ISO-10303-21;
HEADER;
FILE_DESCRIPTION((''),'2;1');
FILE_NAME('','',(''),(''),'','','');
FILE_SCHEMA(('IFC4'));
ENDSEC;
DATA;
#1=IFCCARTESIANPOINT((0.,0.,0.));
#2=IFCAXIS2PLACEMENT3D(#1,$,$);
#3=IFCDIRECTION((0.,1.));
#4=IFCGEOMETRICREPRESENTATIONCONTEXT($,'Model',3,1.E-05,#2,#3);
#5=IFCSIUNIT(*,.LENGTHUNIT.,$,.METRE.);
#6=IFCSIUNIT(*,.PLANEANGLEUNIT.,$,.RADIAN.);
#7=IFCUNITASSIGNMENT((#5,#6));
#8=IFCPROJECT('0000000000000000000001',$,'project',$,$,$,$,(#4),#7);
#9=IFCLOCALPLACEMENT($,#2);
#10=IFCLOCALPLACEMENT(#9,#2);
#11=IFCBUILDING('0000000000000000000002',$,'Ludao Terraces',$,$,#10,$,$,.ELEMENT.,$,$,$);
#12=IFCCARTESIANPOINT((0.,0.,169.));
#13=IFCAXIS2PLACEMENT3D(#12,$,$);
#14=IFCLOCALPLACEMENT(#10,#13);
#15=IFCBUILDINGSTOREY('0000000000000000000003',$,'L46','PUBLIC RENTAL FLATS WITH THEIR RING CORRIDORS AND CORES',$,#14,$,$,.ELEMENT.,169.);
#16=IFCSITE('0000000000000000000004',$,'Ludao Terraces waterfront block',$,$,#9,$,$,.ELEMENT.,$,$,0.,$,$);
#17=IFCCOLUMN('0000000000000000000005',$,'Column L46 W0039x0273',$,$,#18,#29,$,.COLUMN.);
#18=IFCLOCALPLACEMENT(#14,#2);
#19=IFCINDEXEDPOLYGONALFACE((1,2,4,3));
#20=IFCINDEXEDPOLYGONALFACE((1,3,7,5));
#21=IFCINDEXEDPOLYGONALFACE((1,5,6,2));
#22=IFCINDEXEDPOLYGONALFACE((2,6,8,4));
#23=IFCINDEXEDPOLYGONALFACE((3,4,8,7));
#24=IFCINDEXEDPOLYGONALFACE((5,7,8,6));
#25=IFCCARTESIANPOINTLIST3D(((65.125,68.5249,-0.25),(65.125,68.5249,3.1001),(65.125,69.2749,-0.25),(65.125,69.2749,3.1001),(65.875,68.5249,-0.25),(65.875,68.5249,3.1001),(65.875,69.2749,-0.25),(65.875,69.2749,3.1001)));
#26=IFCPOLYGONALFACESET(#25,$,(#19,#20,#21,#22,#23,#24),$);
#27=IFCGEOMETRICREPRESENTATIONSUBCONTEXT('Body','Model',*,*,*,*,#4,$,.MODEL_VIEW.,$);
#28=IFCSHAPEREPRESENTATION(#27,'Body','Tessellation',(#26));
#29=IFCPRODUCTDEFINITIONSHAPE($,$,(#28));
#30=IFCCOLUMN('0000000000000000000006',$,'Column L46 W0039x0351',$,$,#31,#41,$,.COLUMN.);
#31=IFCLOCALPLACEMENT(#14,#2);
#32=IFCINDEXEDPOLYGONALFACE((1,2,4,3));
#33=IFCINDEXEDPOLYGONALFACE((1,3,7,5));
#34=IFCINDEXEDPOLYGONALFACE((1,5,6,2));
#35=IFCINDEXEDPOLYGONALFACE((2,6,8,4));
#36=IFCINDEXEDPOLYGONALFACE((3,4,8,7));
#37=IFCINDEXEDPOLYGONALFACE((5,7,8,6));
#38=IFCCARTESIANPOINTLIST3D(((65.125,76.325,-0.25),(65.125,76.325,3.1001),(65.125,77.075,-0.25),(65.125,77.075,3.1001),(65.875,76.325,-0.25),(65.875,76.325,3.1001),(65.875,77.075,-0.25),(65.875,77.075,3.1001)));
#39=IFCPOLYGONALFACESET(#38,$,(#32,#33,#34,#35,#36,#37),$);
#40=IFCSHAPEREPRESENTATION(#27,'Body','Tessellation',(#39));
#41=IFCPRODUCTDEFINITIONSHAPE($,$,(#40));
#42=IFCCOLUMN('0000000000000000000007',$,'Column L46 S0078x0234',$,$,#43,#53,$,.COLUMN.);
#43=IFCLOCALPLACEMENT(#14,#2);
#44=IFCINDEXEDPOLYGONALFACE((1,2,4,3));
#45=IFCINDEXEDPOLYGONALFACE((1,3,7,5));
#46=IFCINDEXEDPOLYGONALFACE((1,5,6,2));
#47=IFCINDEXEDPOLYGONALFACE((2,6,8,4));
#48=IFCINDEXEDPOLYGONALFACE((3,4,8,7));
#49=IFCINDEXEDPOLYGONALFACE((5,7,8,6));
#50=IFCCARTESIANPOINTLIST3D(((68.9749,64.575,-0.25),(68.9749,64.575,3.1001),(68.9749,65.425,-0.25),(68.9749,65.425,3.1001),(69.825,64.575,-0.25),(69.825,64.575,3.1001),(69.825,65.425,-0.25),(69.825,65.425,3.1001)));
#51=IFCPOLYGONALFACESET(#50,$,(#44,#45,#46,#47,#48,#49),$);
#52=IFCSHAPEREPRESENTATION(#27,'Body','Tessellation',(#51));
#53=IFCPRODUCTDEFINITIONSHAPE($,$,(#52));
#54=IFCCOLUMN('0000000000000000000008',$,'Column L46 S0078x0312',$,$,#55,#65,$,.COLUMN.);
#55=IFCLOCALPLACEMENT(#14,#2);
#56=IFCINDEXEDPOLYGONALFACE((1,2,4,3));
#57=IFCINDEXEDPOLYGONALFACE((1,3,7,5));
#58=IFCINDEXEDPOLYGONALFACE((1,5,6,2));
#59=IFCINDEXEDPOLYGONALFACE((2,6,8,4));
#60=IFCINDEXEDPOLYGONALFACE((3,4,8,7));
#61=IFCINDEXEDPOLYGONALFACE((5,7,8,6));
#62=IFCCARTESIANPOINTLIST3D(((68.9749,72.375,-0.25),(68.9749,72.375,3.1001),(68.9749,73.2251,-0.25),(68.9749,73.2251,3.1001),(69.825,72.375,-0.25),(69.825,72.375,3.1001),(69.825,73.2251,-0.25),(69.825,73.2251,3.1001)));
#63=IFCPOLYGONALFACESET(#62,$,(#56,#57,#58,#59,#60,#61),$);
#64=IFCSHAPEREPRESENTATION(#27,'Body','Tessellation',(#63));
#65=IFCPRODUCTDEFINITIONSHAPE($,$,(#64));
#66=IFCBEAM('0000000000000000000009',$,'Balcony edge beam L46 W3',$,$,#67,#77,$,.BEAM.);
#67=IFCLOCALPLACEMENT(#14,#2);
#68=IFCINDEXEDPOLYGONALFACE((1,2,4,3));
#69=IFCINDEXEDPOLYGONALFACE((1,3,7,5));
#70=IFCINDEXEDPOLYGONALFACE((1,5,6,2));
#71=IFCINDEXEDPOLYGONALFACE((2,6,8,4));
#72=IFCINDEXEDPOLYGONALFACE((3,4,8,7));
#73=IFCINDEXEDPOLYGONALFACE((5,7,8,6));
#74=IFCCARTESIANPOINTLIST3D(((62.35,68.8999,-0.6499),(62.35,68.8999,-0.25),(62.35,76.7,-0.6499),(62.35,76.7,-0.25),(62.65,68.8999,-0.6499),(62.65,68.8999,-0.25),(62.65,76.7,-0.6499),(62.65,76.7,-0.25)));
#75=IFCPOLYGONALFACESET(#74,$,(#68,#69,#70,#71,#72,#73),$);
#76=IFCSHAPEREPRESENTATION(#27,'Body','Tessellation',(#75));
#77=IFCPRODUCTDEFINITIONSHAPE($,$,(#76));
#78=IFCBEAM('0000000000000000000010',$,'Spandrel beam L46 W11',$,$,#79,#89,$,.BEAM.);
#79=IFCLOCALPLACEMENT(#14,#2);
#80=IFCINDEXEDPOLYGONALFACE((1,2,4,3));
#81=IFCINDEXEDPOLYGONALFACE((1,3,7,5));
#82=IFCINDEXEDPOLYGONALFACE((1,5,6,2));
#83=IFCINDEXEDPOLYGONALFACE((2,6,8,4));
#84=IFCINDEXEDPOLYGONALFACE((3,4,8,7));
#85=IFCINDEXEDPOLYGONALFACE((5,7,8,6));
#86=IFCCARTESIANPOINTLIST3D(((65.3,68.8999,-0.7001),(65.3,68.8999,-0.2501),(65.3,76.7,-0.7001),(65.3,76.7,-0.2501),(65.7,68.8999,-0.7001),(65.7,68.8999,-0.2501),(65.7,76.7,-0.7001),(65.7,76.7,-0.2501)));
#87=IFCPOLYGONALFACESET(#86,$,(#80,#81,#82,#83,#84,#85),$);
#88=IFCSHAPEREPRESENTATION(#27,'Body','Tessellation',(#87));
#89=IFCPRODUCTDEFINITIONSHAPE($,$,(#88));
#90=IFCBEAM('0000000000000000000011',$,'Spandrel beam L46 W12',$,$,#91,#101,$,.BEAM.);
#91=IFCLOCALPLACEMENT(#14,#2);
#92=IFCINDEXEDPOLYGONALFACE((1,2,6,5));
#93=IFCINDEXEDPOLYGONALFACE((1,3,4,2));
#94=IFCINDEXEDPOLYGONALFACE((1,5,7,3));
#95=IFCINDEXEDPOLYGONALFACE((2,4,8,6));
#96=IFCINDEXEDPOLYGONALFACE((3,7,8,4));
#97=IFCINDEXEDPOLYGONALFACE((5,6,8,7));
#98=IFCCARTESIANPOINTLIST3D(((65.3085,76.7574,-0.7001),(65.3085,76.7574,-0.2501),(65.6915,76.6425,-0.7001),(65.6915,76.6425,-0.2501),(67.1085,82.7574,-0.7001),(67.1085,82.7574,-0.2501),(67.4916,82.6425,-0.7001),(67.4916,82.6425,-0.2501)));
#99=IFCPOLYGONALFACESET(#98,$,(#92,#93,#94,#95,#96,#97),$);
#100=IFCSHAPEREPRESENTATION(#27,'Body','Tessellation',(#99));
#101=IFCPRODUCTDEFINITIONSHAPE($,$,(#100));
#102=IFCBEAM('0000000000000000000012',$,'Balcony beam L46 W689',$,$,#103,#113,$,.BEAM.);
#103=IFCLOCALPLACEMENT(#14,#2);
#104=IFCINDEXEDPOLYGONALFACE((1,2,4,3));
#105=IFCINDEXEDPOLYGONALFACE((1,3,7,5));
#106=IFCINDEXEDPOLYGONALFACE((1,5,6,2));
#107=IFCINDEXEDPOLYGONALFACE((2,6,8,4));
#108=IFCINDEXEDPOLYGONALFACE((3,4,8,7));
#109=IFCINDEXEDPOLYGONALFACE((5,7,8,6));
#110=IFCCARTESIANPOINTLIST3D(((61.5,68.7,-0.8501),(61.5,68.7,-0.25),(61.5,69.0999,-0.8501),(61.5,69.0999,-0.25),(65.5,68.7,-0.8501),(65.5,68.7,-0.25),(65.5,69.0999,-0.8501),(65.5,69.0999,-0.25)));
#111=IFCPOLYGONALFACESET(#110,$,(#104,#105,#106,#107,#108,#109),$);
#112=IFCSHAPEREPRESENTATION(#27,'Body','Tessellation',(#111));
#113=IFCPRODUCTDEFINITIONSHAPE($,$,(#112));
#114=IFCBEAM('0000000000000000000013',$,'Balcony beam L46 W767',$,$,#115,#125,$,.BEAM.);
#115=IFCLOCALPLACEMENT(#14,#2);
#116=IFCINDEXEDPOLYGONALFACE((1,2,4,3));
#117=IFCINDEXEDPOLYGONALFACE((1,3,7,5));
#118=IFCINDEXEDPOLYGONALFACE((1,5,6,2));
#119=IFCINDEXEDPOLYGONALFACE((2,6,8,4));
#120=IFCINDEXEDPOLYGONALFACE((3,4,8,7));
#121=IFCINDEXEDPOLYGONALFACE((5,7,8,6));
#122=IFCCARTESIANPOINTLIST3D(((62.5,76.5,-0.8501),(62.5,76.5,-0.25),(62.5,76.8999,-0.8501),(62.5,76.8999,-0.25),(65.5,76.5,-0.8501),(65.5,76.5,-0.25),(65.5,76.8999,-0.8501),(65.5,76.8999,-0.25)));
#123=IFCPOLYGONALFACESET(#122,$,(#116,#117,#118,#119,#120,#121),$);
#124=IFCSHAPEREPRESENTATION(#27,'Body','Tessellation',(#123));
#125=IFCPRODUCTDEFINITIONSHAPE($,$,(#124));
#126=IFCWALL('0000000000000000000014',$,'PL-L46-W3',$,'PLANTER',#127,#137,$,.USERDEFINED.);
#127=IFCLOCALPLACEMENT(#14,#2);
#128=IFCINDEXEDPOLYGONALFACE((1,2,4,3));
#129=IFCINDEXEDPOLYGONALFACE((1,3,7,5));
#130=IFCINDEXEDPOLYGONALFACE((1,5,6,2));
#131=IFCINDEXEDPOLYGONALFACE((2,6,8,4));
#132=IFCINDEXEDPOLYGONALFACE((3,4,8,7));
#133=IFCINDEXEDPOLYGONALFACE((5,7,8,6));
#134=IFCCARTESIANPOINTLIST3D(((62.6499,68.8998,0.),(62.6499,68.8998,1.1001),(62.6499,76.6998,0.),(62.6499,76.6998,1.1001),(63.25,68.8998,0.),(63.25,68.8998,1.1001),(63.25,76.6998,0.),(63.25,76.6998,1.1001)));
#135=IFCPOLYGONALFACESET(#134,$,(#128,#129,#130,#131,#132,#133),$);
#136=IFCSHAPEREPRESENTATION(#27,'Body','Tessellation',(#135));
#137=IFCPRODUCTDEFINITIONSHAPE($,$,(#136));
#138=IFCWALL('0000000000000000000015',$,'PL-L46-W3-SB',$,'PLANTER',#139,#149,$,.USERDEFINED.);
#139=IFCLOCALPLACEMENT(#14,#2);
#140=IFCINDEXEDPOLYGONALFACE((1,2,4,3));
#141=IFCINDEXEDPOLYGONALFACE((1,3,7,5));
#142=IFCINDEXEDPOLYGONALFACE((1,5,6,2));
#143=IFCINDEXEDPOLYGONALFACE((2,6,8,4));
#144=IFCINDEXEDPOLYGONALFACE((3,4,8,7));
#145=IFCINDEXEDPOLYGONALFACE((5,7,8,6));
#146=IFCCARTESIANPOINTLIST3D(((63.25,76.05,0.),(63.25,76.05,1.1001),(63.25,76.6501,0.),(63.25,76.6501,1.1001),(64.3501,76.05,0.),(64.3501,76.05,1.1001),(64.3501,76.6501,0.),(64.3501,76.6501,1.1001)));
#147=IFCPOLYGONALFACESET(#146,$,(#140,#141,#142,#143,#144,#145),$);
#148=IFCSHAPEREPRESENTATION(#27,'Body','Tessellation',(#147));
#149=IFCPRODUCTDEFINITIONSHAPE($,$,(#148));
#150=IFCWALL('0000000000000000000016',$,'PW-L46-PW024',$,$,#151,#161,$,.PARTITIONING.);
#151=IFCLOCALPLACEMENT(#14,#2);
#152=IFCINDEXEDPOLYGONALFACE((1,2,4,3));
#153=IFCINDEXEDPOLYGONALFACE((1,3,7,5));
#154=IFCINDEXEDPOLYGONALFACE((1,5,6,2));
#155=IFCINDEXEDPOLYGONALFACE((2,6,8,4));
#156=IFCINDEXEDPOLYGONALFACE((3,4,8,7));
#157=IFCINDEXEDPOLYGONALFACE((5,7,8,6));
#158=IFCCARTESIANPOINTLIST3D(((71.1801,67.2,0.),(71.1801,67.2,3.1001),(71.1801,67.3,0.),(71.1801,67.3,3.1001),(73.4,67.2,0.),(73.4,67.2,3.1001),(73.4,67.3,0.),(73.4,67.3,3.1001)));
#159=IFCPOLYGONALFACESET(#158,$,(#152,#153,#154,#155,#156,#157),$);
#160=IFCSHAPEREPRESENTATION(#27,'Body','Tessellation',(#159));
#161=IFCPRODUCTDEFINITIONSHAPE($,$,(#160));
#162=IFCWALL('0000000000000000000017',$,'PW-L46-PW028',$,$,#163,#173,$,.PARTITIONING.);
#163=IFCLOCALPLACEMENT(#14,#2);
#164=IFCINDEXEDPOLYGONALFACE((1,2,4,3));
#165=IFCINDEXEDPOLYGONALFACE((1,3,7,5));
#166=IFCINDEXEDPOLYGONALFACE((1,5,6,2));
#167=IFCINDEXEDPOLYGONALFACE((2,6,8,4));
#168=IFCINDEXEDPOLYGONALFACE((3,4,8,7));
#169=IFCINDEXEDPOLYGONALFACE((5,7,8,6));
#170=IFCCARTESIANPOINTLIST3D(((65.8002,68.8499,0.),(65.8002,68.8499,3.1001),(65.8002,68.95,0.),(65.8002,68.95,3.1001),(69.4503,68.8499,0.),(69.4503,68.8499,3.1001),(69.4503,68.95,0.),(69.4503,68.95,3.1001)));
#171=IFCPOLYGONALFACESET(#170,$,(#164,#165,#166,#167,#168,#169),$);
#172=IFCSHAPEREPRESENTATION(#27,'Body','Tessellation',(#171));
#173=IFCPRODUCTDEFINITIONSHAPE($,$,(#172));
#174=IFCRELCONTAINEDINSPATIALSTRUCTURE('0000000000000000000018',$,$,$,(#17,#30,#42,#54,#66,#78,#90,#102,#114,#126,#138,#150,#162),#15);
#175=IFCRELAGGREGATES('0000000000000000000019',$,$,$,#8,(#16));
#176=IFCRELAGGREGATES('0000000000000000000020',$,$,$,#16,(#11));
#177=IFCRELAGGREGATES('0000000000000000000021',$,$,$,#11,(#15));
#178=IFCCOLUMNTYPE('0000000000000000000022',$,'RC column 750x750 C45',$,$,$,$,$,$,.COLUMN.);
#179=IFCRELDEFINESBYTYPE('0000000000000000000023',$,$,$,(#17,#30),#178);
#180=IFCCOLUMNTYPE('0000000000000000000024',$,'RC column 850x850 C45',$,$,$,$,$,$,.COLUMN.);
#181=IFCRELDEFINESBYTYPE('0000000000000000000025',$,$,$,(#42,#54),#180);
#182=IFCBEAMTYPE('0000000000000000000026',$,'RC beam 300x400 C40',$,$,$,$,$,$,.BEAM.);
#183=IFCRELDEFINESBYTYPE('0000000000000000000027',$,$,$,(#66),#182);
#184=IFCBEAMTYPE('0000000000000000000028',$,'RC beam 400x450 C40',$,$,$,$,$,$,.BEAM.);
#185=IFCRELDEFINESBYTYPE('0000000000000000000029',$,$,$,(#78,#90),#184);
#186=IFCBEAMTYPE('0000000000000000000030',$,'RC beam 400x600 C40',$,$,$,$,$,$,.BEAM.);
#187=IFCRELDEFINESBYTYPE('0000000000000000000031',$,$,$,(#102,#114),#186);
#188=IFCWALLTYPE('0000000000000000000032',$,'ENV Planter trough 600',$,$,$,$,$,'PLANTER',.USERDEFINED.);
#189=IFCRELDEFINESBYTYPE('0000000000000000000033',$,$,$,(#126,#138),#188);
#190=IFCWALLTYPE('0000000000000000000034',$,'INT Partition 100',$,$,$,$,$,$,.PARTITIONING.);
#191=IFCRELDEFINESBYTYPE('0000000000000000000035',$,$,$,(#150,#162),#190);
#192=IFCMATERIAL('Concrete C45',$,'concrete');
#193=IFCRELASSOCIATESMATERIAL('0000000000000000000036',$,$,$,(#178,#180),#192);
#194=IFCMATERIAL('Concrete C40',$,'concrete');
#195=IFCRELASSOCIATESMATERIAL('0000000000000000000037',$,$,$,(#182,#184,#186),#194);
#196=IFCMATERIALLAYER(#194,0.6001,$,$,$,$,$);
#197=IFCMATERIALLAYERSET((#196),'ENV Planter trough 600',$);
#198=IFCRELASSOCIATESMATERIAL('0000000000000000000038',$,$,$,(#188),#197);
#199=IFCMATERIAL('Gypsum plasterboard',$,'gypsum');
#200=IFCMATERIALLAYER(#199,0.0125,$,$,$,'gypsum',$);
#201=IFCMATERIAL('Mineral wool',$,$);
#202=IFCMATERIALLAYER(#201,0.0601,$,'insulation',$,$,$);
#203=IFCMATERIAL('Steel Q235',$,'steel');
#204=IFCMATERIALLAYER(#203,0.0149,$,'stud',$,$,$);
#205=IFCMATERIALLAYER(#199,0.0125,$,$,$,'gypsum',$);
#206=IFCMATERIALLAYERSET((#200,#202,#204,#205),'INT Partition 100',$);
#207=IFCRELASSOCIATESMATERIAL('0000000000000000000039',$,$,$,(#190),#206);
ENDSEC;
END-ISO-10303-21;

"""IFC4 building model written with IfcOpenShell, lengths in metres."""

from ifc_helpers import new_model, si_unit, direction, frame, frame_2d, origin, origin_2d, place, context, subcontext, project, spatial, rectangle, extrude, material, layer, layer_set, material_profile, profile_set, type_object, element, save


model = new_model("IFC4")

# Units and contexts
model_context = context("Model", 3, precision=1e-05, world=origin(), true_north=direction((0.0, 1.0)))
body_context = subcontext(model_context, "Body", "Model", "MODEL_VIEW")
ifc_project = project(units=[si_unit("LENGTHUNIT", "METRE"), si_unit("PLANEANGLEUNIT", "RADIAN")], contexts=[model_context])

# Site, building, storey
site_placement = place(None, origin())
site = spatial("IfcSite", under=ifc_project, at=site_placement, Name="Ludao Terraces waterfront block", CompositionType="ELEMENT", RefElevation=0.0)
building_placement = place(site_placement, origin())
building = spatial("IfcBuilding", under=site, at=building_placement, Name="Ludao Terraces", CompositionType="ELEMENT")
storey_placement = place(building_placement, frame((0.0, 0.0, 169.0)))
storey = spatial("IfcBuildingStorey", under=building, at=storey_placement, Name="L46", Description="PUBLIC RENTAL FLATS WITH THEIR RING CORRIDORS AND CORES", CompositionType="ELEMENT", Elevation=169.0)

# Columns
ifc_material_1 = material(Name="Concrete C45", Category="concrete")
ifc_material_profile_1 = material_profile(ifc_material_1, rectangle(XDim=0.75, YDim=0.75, at=origin_2d()), Name="750 X 750")
ifc_profile_set_1 = profile_set([ifc_material_profile_1], Name="Concrete C45")
column_type_1 = type_object("IfcColumnType", Name="RC column 750x750 C45", PredefinedType="COLUMN", material=ifc_profile_set_1)
for number, where, z_axis, x_axis, name in (
    (1, (65.5, 68.8999, -0.25), (0.0, 0.0, 1.0), (1.0, 0.0, 0.0), "Column L46 W0039x0273"),
    (2, (65.5, 76.7, -0.25), (0.0, 0.0, 1.0), (1.0, 0.0, 0.0), "Column L46 W0039x0351"),
):
    element("IfcColumn", number, at=place(storey_placement, frame(where, z_axis=z_axis, x_axis=x_axis)), inside=storey, type_object=column_type_1, Name=name, PredefinedType="COLUMN", context=body_context, shape_type="SweptSolid", body=[
        extrude(rectangle(XDim=0.75, YDim=0.75, at=origin_2d()), origin(), (0.0, 0.0, 1.0), 3.3501),
    ])
ifc_material_profile_2 = material_profile(ifc_material_1, rectangle(XDim=0.8501, YDim=0.8501, at=origin_2d()), Name="850 X 850")
ifc_profile_set_2 = profile_set([ifc_material_profile_2], Name="Concrete C45")
column_type_2 = type_object("IfcColumnType", Name="RC column 850x850 C45", PredefinedType="COLUMN", material=ifc_profile_set_2)
for number, where, z_axis, x_axis, name in (
    (3, (69.3999, 65.0, -0.25), (0.0, 0.0, 1.0), (1.0, 0.0, 0.0), "Column L46 S0078x0234"),
    (4, (69.3999, 72.8, -0.25), (0.0, 0.0, 1.0), (1.0, 0.0, 0.0), "Column L46 S0078x0312"),
):
    element("IfcColumn", number, at=place(storey_placement, frame(where, z_axis=z_axis, x_axis=x_axis)), inside=storey, type_object=column_type_2, Name=name, PredefinedType="COLUMN", context=body_context, shape_type="SweptSolid", body=[
        extrude(rectangle(XDim=0.8501, YDim=0.8501, at=origin_2d()), origin(), (0.0, 0.0, 1.0), 3.3501),
    ])

# Beams
ifc_material_2 = material(Name="Concrete C40", Category="concrete")
ifc_material_profile_3 = material_profile(ifc_material_2, rectangle(XDim=0.3, YDim=0.3999, at=origin_2d()), Name="300 X 400")
ifc_profile_set_3 = profile_set([ifc_material_profile_3], Name="Concrete C40")
beam_type_1 = type_object("IfcBeamType", Name="RC beam 300x400 C40", PredefinedType="BEAM", material=ifc_profile_set_3)
beam_1_placement = place(storey_placement, frame((62.5, 68.8999, -0.45), z_axis=(0.0, 1.0, 0.0), x_axis=(-1.0, 0.0, 0.0)))
element("IfcBeam", 5, at=beam_1_placement, inside=storey, type_object=beam_type_1, Name="Balcony edge beam L46 W3", PredefinedType="BEAM", context=body_context, shape_type="SweptSolid", body=[
    extrude(rectangle(XDim=0.3, YDim=0.3999, at=origin_2d()), origin(), (0.0, 0.0, 1.0), 7.8),
])
ifc_material_profile_4 = material_profile(ifc_material_2, rectangle(XDim=0.3999, YDim=0.45, at=origin_2d()), Name="400 X 450")
ifc_profile_set_4 = profile_set([ifc_material_profile_4], Name="Concrete C40")
beam_type_2 = type_object("IfcBeamType", Name="RC beam 400x450 C40", PredefinedType="BEAM", material=ifc_profile_set_4)
beam_2_placement = place(storey_placement, frame((65.5, 68.8999, -0.4751), z_axis=(0.0, 1.0, 0.0), x_axis=(-1.0, 0.0, 0.0)))
element("IfcBeam", 6, at=beam_2_placement, inside=storey, type_object=beam_type_2, Name="Spandrel beam L46 W11", PredefinedType="BEAM", context=body_context, shape_type="SweptSolid", body=[
    extrude(rectangle(XDim=0.3999, YDim=0.45, at=origin_2d()), origin(), (0.0, 0.0, 1.0), 7.8),
])
beam_3_placement = place(storey_placement, frame((65.5, 76.7, -0.4751), z_axis=(0.287355, 0.957824, 0.0), x_axis=(-0.957824, 0.287355, 0.0)))
element("IfcBeam", 7, at=beam_3_placement, inside=storey, type_object=beam_type_2, Name="Spandrel beam L46 W12", PredefinedType="BEAM", context=body_context, shape_type="SweptSolid", body=[
    extrude(rectangle(XDim=0.3999, YDim=0.45, at=origin_2d()), origin(), (0.0, 0.0, 1.0), 6.2642),
])
ifc_material_profile_5 = material_profile(ifc_material_2, rectangle(XDim=0.3999, YDim=0.6001, at=origin_2d()), Name="400 X 600")
ifc_profile_set_5 = profile_set([ifc_material_profile_5], Name="Concrete C40")
beam_type_3 = type_object("IfcBeamType", Name="RC beam 400x600 C40", PredefinedType="BEAM", material=ifc_profile_set_5)
beam_4_placement = place(storey_placement, frame((65.5, 68.8999, -0.55), z_axis=(-1.0, 0.0, 0.0), x_axis=(0.0, -1.0, 0.0)))
element("IfcBeam", 8, at=beam_4_placement, inside=storey, type_object=beam_type_3, Name="Balcony beam L46 W689", PredefinedType="BEAM", context=body_context, shape_type="SweptSolid", body=[
    extrude(rectangle(XDim=0.3999, YDim=0.6001, at=origin_2d()), origin(), (0.0, 0.0, 1.0), 4.0),
])
beam_5_placement = place(storey_placement, frame((65.5, 76.7, -0.55), z_axis=(-1.0, 0.0, 0.0), x_axis=(0.0, -1.0, 0.0)))
element("IfcBeam", 9, at=beam_5_placement, inside=storey, type_object=beam_type_3, Name="Balcony beam L46 W767", PredefinedType="BEAM", context=body_context, shape_type="SweptSolid", body=[
    extrude(rectangle(XDim=0.3999, YDim=0.6001, at=origin_2d()), origin(), (0.0, 0.0, 1.0), 3.0),
])

# Walls
ifc_layer_1 = layer(ifc_material_2, 0.6001)
ifc_layer_set_1 = layer_set([ifc_layer_1], Name="ENV Planter trough 600")
wall_type_1 = type_object("IfcWallType", Name="ENV Planter trough 600", ElementType="PLANTER", PredefinedType="USERDEFINED", material=ifc_layer_set_1)
wall_1_placement = place(storey_placement, frame((62.95, 68.8999, 0.0), z_axis=(0.0, 0.0, 1.0), x_axis=(0.0, 1.0, 0.0)))
element("IfcWall", 10, at=wall_1_placement, inside=storey, type_object=wall_type_1, Name="PL-L46-W3", ObjectType="PLANTER", PredefinedType="USERDEFINED", context=body_context, shape_type="SweptSolid", body=[
    extrude(rectangle(XDim=7.8, YDim=0.6001, at=frame_2d((3.8999, 0.0))), origin(), (0.0, 0.0, 1.0), 1.1001),
])
wall_2_placement = place(storey_placement, frame((63.25, 76.3501, 0.0), z_axis=(0.0, 0.0, 1.0), x_axis=(1.0, 0.0, 0.0)))
element("IfcWall", 11, at=wall_2_placement, inside=storey, type_object=wall_type_1, Name="PL-L46-W3-SB", ObjectType="PLANTER", PredefinedType="USERDEFINED", context=body_context, shape_type="SweptSolid", body=[
    extrude(rectangle(XDim=1.1001, YDim=0.6001, at=frame_2d((0.55, 0.0))), origin(), (0.0, 0.0, 1.0), 1.1001),
])

# Shared definitions
ifc_material_3 = material(Name="Mineral wool")

# Walls
ifc_material_4 = material(Name="Gypsum plasterboard", Category="gypsum")
ifc_layer_2 = layer(ifc_material_4, 0.0125, Category="gypsum")
ifc_layer_3 = layer(ifc_material_3, 0.0601, Name="insulation")
ifc_material_5 = material(Name="Steel Q235", Category="steel")
ifc_layer_4 = layer(ifc_material_5, 0.0149, Name="stud")
ifc_layer_5 = layer(ifc_material_4, 0.0125, Category="gypsum")
ifc_layer_set_2 = layer_set([ifc_layer_2, ifc_layer_3, ifc_layer_4, ifc_layer_5], Name="INT Partition 100")
wall_type_2 = type_object("IfcWallType", Name="INT Partition 100", PredefinedType="PARTITIONING", material=ifc_layer_set_2)
wall_3_placement = place(storey_placement, frame((71.1802, 67.25, 0.0), z_axis=(0.0, 0.0, 1.0), x_axis=(1.0, 0.0, 0.0)))
element("IfcWall", 12, at=wall_3_placement, inside=storey, type_object=wall_type_2, Name="PW-L46-PW024", PredefinedType="PARTITIONING", context=body_context, shape_type="SweptSolid", body=[
    extrude(rectangle(XDim=2.22, YDim=0.1001, at=frame_2d((1.1099, 0.0))), origin(), (0.0, 0.0, 1.0), 3.1001),
])
wall_4_placement = place(storey_placement, frame((65.8, 68.8999, 0.0), z_axis=(0.0, 0.0, 1.0), x_axis=(1.0, 0.0, 0.0)))
element("IfcWall", 13, at=wall_4_placement, inside=storey, type_object=wall_type_2, Name="PW-L46-PW028", PredefinedType="PARTITIONING", context=body_context, shape_type="SweptSolid", body=[
    extrude(rectangle(XDim=3.6501, YDim=0.1001, at=frame_2d((1.8252, 0.0))), origin(), (0.0, 0.0, 1.0), 3.1001),
])

save(model, "model.ifc")
